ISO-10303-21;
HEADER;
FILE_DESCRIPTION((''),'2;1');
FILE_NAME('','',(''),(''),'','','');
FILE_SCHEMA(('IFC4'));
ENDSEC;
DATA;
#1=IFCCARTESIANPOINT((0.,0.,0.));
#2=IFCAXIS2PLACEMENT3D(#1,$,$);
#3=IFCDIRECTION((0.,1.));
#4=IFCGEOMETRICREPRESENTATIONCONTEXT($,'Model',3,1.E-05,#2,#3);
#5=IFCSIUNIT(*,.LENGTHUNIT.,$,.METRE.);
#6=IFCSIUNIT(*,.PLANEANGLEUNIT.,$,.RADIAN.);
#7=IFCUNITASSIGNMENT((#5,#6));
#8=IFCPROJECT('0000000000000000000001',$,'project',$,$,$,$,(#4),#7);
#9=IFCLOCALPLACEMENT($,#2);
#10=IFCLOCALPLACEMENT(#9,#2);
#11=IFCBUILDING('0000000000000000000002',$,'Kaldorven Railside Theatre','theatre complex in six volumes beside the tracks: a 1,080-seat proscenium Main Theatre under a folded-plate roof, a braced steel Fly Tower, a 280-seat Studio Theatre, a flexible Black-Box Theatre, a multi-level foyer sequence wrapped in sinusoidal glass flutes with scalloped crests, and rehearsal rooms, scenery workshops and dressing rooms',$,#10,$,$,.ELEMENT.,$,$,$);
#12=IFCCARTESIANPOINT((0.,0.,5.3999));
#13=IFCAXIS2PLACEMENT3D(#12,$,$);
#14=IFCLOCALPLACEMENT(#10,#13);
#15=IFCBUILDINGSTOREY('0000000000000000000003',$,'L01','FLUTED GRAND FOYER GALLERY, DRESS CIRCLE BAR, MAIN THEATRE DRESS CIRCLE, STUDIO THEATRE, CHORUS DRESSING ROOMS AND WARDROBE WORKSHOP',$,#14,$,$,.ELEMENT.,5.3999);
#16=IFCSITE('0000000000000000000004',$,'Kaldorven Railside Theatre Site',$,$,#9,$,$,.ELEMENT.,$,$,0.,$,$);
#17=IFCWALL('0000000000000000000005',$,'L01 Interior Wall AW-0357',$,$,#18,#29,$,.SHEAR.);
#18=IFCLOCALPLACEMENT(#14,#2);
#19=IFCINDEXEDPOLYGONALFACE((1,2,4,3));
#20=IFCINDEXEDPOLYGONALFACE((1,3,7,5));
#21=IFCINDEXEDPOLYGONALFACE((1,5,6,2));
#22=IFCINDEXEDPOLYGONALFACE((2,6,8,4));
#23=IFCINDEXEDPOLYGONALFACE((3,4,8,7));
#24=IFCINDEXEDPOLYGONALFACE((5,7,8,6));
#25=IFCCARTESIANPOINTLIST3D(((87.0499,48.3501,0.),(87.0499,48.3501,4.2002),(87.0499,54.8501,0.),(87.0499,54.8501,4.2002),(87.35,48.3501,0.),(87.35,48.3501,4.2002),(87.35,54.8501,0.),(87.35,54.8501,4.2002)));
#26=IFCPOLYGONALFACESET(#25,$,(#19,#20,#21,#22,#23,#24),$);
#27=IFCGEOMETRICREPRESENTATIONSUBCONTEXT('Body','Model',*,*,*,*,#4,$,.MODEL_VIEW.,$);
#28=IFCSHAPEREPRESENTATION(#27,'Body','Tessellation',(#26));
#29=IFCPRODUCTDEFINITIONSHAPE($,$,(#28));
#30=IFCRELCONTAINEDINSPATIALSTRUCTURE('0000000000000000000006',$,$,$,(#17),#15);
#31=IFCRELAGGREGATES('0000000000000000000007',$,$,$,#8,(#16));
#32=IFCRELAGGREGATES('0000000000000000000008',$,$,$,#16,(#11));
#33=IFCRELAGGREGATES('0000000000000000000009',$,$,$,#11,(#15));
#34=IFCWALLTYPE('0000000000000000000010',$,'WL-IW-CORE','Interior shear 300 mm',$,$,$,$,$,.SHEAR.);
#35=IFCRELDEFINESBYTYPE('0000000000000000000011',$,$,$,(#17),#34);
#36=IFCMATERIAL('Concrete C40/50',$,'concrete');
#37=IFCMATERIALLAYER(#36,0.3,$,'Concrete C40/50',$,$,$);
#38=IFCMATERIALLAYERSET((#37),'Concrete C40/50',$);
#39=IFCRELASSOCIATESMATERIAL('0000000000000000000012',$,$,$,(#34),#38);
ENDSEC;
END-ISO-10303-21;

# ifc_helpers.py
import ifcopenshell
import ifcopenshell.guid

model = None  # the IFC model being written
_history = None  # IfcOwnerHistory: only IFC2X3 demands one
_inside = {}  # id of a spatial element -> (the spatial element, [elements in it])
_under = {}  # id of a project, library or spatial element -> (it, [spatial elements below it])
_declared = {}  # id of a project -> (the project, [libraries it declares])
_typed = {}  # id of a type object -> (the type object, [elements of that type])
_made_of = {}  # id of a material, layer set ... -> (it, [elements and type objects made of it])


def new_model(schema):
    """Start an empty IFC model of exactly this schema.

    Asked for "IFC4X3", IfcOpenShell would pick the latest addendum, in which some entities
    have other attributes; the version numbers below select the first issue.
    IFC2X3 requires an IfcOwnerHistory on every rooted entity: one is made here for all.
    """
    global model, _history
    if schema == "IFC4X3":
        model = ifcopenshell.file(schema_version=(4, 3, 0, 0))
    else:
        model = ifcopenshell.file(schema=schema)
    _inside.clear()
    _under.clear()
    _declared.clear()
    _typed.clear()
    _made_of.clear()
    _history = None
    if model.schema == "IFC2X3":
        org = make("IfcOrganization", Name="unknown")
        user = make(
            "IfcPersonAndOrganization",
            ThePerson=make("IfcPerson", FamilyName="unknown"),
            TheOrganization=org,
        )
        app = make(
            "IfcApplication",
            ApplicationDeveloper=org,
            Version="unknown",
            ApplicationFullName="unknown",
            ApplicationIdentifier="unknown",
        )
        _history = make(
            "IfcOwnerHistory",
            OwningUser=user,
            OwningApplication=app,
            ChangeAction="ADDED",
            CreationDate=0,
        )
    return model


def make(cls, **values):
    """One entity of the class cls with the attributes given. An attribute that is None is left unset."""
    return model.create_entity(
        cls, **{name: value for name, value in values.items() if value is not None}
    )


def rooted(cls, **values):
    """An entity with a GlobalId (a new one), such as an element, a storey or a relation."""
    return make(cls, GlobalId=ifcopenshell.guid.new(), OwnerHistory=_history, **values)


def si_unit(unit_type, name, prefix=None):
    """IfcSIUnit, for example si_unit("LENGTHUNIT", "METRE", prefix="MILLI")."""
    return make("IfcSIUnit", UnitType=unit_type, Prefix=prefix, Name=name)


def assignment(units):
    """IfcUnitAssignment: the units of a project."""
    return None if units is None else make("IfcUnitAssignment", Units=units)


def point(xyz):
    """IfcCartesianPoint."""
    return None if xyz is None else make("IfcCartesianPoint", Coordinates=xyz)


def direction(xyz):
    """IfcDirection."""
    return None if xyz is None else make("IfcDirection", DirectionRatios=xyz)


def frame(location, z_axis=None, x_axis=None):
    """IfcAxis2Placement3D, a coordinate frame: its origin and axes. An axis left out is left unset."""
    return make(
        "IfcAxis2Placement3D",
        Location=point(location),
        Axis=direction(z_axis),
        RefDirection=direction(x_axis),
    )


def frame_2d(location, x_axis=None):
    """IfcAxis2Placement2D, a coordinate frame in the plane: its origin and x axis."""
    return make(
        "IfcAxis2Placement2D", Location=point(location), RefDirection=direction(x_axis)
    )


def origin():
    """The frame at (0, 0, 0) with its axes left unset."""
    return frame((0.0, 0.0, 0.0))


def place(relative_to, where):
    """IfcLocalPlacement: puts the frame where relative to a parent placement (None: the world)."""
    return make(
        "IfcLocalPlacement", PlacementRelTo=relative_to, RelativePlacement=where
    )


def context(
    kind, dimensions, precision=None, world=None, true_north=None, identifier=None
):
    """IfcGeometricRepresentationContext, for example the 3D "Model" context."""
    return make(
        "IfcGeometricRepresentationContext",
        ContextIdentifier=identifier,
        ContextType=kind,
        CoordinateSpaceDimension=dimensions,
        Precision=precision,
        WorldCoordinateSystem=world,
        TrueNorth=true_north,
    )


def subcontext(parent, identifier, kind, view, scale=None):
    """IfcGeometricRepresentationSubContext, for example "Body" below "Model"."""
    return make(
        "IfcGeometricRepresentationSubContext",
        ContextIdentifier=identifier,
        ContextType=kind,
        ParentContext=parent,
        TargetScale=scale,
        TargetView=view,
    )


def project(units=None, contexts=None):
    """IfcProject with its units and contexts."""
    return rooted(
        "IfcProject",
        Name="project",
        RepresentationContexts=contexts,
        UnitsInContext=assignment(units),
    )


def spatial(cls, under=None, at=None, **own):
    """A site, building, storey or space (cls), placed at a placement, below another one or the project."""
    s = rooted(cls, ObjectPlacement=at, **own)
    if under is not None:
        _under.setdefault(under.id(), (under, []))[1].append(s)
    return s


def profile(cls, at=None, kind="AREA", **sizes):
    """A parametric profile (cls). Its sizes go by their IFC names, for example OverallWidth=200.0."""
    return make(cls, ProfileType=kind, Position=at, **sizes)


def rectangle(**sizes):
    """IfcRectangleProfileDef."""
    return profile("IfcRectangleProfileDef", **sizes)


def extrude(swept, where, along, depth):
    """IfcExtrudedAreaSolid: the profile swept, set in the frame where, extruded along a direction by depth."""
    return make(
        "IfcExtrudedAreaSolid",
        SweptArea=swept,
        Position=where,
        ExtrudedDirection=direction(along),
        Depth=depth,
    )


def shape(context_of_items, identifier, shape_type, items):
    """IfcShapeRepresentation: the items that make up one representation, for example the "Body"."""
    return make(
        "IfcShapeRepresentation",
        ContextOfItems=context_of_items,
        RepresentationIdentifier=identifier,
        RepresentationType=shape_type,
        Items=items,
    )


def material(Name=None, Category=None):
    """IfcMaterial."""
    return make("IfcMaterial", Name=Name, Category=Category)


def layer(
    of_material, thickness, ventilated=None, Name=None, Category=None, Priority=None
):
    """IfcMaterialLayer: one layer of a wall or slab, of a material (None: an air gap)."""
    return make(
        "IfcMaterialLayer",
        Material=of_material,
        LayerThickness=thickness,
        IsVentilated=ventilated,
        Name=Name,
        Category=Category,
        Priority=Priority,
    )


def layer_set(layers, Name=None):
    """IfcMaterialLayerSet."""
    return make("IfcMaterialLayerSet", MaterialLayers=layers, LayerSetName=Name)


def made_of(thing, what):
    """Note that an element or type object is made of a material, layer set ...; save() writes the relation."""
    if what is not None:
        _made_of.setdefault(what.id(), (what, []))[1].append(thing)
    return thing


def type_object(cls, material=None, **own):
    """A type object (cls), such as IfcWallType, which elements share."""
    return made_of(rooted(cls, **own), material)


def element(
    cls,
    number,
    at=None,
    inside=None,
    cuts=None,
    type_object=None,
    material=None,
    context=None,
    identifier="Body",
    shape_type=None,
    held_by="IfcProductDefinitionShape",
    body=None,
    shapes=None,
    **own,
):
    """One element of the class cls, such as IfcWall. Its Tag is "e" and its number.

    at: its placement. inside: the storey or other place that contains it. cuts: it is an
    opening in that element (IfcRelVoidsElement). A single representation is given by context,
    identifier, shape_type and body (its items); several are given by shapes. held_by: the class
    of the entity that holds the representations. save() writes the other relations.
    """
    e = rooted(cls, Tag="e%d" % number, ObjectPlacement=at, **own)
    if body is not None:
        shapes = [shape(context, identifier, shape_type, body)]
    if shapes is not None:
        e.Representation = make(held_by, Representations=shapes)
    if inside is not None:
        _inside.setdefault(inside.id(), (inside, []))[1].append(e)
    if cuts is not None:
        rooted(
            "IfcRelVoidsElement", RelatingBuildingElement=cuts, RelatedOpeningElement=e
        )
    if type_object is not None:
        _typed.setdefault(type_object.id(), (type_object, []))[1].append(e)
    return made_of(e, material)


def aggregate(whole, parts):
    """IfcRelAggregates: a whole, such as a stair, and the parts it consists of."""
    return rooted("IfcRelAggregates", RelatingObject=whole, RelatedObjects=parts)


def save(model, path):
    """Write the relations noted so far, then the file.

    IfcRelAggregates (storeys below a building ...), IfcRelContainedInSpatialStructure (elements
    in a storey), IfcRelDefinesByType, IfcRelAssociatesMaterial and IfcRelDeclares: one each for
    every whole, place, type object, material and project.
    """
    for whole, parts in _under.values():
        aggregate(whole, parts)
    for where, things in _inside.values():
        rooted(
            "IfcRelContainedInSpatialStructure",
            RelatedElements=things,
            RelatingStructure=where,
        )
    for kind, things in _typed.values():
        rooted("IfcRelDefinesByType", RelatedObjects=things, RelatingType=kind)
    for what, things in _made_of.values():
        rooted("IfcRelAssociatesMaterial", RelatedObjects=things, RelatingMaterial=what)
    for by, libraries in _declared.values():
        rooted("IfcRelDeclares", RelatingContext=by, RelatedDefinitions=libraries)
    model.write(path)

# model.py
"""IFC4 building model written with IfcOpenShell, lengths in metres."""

from ifc_helpers import new_model, si_unit, direction, frame, frame_2d, origin, place, context, subcontext, project, spatial, rectangle, extrude, material, layer, layer_set, type_object, element, save


model = new_model("IFC4")

# Units and contexts
model_context = context("Model", 3, precision=1e-05, world=origin(), true_north=direction((0.0, 1.0)))
body_context = subcontext(model_context, "Body", "Model", "MODEL_VIEW")
ifc_project = project(units=[si_unit("LENGTHUNIT", "METRE"), si_unit("PLANEANGLEUNIT", "RADIAN")], contexts=[model_context])

# Site, building, storey
site_placement = place(None, origin())
site = spatial("IfcSite", under=ifc_project, at=site_placement, Name="Kaldorven Railside Theatre Site", CompositionType="ELEMENT", RefElevation=0.0)
building_placement = place(site_placement, origin())
building = spatial("IfcBuilding", under=site, at=building_placement, Name="Kaldorven Railside Theatre", Description="theatre complex in six volumes beside the tracks: a 1,080-seat proscenium Main Theatre under a folded-plate roof, a braced steel Fly Tower, a 280-seat Studio Theatre, a flexible Black-Box Theatre, a multi-level foyer sequence wrapped in sinusoidal glass flutes with scalloped crests, and rehearsal rooms, scenery workshops and dressing rooms", CompositionType="ELEMENT")
storey_placement = place(building_placement, frame((0.0, 0.0, 5.3999)))
storey = spatial("IfcBuildingStorey", under=building, at=storey_placement, Name="L01", Description="FLUTED GRAND FOYER GALLERY, DRESS CIRCLE BAR, MAIN THEATRE DRESS CIRCLE, STUDIO THEATRE, CHORUS DRESSING ROOMS AND WARDROBE WORKSHOP", CompositionType="ELEMENT", Elevation=5.3999)

# Shared definitions
ifc_material_1 = material(Name="Concrete C40/50", Category="concrete")

# Wall
ifc_layer = layer(ifc_material_1, 0.3, Name="Concrete C40/50")
ifc_layer_set = layer_set([ifc_layer], Name="Concrete C40/50")
wall_type = type_object("IfcWallType", Name="WL-IW-CORE", Description="Interior shear 300 mm", PredefinedType="SHEAR", material=ifc_layer_set)
wall_placement = place(storey_placement, frame((87.2, 48.3501, 0.0), z_axis=(0.0, 0.0, 1.0), x_axis=(0.0, 1.0, 0.0)))
element("IfcWall", 1, at=wall_placement, inside=storey, type_object=wall_type, Name="L01 Interior Wall AW-0357", PredefinedType="SHEAR", context=body_context, shape_type="SweptSolid", body=[
    extrude(rectangle(XDim=6.5, YDim=0.3, at=frame_2d((3.25, 0.0))), origin(), (0.0, 0.0, 1.0), 4.2002),
])

save(model, "model.ifc")
